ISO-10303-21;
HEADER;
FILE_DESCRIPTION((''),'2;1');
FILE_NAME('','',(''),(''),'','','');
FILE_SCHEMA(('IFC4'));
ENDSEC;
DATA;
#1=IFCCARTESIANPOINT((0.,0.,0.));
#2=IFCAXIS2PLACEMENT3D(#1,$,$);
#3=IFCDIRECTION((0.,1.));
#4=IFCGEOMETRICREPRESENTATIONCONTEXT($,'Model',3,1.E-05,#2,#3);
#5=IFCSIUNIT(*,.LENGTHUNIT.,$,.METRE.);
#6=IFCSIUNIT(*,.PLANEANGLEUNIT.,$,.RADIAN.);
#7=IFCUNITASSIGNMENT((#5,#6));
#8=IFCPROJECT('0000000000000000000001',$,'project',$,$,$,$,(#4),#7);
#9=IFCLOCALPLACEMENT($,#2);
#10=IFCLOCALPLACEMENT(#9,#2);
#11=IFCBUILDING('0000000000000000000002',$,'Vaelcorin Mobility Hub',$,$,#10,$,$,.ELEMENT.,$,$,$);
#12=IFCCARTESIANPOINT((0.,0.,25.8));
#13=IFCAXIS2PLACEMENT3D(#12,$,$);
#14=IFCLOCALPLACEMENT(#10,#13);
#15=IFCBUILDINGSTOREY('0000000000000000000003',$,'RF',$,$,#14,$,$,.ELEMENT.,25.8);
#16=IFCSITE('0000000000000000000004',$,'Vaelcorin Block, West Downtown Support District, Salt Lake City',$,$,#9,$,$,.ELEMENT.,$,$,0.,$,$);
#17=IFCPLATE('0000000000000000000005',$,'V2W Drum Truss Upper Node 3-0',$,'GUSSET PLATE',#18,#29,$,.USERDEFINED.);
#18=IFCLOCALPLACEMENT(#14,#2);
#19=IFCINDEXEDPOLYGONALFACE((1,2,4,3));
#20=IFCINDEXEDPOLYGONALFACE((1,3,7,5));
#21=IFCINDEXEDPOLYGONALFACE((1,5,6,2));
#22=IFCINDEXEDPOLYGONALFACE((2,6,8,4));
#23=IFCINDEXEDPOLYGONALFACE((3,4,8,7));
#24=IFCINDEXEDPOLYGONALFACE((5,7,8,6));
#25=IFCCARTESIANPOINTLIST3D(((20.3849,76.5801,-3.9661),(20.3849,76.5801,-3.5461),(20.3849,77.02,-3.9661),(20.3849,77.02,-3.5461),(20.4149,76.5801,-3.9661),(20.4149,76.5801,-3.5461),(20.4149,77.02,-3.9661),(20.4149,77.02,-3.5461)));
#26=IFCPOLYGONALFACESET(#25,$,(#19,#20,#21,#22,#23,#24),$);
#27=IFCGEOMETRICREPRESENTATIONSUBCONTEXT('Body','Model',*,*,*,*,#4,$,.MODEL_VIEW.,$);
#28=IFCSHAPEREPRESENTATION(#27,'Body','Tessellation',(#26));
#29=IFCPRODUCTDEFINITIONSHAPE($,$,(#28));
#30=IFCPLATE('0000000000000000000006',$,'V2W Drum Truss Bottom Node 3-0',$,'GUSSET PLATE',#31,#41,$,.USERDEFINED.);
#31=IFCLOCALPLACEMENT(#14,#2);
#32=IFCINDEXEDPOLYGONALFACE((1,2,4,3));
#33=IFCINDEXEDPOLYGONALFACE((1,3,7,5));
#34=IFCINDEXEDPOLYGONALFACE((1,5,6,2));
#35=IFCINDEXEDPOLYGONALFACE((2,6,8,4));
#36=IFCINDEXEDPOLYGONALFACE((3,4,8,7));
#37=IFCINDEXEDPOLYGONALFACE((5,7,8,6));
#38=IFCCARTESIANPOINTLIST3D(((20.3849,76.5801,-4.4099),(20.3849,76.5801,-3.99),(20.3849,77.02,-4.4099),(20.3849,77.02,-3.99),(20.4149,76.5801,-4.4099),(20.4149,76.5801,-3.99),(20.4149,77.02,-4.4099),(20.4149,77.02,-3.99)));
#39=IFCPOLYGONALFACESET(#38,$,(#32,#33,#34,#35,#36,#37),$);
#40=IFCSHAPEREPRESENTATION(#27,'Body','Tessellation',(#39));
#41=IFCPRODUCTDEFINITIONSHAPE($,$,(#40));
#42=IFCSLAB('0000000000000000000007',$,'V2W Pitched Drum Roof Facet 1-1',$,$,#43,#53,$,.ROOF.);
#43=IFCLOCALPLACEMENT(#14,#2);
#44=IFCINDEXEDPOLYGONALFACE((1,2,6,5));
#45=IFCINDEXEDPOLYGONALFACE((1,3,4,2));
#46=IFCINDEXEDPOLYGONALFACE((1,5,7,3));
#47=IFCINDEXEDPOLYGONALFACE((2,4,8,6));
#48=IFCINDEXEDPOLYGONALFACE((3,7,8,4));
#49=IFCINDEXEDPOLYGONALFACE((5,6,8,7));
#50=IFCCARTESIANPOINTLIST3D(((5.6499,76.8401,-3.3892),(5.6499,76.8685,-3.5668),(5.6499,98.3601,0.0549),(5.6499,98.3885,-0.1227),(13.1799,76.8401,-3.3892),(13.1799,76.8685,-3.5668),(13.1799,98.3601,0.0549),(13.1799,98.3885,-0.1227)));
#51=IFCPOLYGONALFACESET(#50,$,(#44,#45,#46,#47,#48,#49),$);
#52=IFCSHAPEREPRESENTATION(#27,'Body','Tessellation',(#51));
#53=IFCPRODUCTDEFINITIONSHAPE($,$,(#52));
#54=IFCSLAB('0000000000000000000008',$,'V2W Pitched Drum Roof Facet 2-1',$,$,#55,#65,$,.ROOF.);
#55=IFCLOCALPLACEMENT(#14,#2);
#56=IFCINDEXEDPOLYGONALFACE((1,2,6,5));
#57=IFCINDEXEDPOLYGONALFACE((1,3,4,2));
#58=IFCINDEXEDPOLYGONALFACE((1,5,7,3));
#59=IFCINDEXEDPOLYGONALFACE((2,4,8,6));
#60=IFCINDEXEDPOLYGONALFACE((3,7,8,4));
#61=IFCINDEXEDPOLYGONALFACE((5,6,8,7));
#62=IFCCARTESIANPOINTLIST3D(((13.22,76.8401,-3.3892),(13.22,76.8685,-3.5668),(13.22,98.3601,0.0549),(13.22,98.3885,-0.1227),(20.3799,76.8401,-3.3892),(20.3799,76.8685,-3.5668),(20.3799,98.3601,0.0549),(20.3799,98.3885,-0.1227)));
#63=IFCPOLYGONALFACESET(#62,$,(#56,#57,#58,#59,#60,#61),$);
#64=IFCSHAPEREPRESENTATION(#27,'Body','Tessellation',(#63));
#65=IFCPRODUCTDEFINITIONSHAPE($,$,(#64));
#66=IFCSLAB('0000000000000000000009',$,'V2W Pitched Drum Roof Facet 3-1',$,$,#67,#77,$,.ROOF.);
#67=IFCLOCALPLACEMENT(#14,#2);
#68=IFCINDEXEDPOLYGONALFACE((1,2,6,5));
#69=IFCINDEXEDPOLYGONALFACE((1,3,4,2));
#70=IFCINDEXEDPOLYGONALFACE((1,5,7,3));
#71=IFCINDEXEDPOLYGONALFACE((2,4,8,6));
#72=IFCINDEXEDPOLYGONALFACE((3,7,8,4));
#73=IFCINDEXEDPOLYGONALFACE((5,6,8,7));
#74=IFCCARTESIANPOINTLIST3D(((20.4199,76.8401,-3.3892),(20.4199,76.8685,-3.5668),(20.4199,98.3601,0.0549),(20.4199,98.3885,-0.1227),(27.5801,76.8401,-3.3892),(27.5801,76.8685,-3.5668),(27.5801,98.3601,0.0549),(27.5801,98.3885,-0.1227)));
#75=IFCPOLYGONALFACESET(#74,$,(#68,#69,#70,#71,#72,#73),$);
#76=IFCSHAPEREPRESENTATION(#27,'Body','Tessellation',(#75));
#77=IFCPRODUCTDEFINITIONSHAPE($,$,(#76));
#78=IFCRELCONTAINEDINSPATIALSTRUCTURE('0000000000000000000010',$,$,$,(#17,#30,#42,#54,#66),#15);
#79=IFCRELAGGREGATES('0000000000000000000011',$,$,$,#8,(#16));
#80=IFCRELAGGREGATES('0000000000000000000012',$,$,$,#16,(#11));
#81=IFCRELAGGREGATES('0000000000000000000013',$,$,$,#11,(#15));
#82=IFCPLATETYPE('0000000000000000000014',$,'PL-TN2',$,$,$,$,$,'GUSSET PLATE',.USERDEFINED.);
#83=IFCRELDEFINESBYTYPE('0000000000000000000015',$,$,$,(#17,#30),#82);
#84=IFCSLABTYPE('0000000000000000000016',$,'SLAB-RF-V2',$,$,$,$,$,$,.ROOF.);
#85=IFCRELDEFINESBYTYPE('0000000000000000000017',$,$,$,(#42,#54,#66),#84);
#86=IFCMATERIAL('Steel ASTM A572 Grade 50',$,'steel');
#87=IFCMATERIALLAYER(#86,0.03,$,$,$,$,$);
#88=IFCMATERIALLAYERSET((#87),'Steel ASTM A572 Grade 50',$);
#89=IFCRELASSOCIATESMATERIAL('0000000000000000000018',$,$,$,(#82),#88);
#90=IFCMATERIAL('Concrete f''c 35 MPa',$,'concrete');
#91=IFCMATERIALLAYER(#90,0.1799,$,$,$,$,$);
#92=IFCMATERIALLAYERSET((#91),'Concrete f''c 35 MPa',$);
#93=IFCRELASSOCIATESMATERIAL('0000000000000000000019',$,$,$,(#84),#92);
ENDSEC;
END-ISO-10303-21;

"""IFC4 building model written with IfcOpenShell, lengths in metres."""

from ifc_helpers import new_model, si_unit, direction, frame, origin, origin_2d, place, context, subcontext, project, spatial, polyline, rectangle, outline, extrude, material, layer, layer_set, type_object, element, save


model = new_model("IFC4")

# Units and contexts
model_context = context("Model", 3, precision=1e-05, world=origin(), true_north=direction((0.0, 1.0)))
body_context = subcontext(model_context, "Body", "Model", "MODEL_VIEW")
ifc_project = project(units=[si_unit("LENGTHUNIT", "METRE"), si_unit("PLANEANGLEUNIT", "RADIAN")], contexts=[model_context])

# Site, building, storey
site_placement = place(None, origin())
site = spatial("IfcSite", under=ifc_project, at=site_placement, Name="Vaelcorin Block, West Downtown Support District, Salt Lake City", CompositionType="ELEMENT", RefElevation=0.0)
building_placement = place(site_placement, origin())
building = spatial("IfcBuilding", under=site, at=building_placement, Name="Vaelcorin Mobility Hub", CompositionType="ELEMENT")
storey_placement = place(building_placement, frame((0.0, 0.0, 25.8)))
storey = spatial("IfcBuildingStorey", under=building, at=storey_placement, Name="RF", CompositionType="ELEMENT", Elevation=25.8)

# Plates
ifc_material_1 = material(Name="Steel ASTM A572 Grade 50", Category="steel")
ifc_layer_1 = layer(ifc_material_1, 0.03)
ifc_layer_set_1 = layer_set([ifc_layer_1], Name="Steel ASTM A572 Grade 50")
plate_type = type_object("IfcPlateType", Name="PL-TN2", ElementType="GUSSET PLATE", PredefinedType="USERDEFINED", material=ifc_layer_set_1)
for number, where, z_axis, x_axis, name in (
    (1, (20.3999, 76.8, -3.9661), (0.0, 0.0, 1.0), (1.0, 0.0, 0.0), "V2W Drum Truss Upper Node 3-0"),
    (2, (20.3999, 76.8, -4.4099), (0.0, 0.0, 1.0), (1.0, 0.0, 0.0), "V2W Drum Truss Bottom Node 3-0"),
):
    element("IfcPlate", number, at=place(storey_placement, frame(where, z_axis=z_axis, x_axis=x_axis)), inside=storey, type_object=plate_type, Name=name, ObjectType="GUSSET PLATE", PredefinedType="USERDEFINED", context=body_context, shape_type="SweptSolid", body=[
        extrude(rectangle(XDim=0.03, YDim=0.4399, at=origin_2d()), origin(), (0.0, 0.0, 1.0), 0.4199),
    ])

# Slabs
ifc_material_2 = material(Name="Concrete f'c 35 MPa", Category="concrete")
ifc_layer_2 = layer(ifc_material_2, 0.1799)
ifc_layer_set_2 = layer_set([ifc_layer_2], Name="Concrete f'c 35 MPa")
slab_type = type_object("IfcSlabType", Name="SLAB-RF-V2", PredefinedType="ROOF", material=ifc_layer_set_2)
slab_1_placement = place(storey_placement, frame((5.6499, 76.8401, -3.3892), z_axis=(0.0, -0.15803, 0.987434), x_axis=(1.0, 0.0, 0.0)))
element("IfcSlab", 3, at=slab_1_placement, inside=storey, type_object=slab_type, Name="V2W Pitched Drum Roof Facet 1-1", PredefinedType="ROOF", context=body_context, shape_type="SweptSolid", body=[
    extrude(outline(polyline([(0.0, 0.0), (7.53, 0.0), (7.53, 21.7939), (0.0, 21.7939), (0.0, 0.0)])), origin(), (0.0, 0.0, -1.0), 0.1799),
])
slab_2_placement = place(storey_placement, frame((13.22, 76.8401, -3.3892), z_axis=(0.0, -0.15803, 0.987434), x_axis=(1.0, 0.0, 0.0)))
element("IfcSlab", 4, at=slab_2_placement, inside=storey, type_object=slab_type, Name="V2W Pitched Drum Roof Facet 2-1", PredefinedType="ROOF", context=body_context, shape_type="SweptSolid", body=[
    extrude(outline(polyline([(0.0, 0.0), (7.1599, 0.0), (7.1599, 21.7939), (0.0, 21.7939), (0.0, 0.0)])), origin(), (0.0, 0.0, -1.0), 0.1799),
])
slab_3_placement = place(storey_placement, frame((20.4199, 76.8401, -3.3892), z_axis=(0.0, -0.15803, 0.987434), x_axis=(1.0, 0.0, 0.0)))
element("IfcSlab", 5, at=slab_3_placement, inside=storey, type_object=slab_type, Name="V2W Pitched Drum Roof Facet 3-1", PredefinedType="ROOF", context=body_context, shape_type="SweptSolid", body=[
    extrude(outline(polyline([(0.0, 0.0), (7.1602, 0.0), (7.1602, 21.7939), (0.0, 21.7939), (0.0, 0.0)])), origin(), (0.0, 0.0, -1.0), 0.1799),
])

save(model, "model.ifc")
